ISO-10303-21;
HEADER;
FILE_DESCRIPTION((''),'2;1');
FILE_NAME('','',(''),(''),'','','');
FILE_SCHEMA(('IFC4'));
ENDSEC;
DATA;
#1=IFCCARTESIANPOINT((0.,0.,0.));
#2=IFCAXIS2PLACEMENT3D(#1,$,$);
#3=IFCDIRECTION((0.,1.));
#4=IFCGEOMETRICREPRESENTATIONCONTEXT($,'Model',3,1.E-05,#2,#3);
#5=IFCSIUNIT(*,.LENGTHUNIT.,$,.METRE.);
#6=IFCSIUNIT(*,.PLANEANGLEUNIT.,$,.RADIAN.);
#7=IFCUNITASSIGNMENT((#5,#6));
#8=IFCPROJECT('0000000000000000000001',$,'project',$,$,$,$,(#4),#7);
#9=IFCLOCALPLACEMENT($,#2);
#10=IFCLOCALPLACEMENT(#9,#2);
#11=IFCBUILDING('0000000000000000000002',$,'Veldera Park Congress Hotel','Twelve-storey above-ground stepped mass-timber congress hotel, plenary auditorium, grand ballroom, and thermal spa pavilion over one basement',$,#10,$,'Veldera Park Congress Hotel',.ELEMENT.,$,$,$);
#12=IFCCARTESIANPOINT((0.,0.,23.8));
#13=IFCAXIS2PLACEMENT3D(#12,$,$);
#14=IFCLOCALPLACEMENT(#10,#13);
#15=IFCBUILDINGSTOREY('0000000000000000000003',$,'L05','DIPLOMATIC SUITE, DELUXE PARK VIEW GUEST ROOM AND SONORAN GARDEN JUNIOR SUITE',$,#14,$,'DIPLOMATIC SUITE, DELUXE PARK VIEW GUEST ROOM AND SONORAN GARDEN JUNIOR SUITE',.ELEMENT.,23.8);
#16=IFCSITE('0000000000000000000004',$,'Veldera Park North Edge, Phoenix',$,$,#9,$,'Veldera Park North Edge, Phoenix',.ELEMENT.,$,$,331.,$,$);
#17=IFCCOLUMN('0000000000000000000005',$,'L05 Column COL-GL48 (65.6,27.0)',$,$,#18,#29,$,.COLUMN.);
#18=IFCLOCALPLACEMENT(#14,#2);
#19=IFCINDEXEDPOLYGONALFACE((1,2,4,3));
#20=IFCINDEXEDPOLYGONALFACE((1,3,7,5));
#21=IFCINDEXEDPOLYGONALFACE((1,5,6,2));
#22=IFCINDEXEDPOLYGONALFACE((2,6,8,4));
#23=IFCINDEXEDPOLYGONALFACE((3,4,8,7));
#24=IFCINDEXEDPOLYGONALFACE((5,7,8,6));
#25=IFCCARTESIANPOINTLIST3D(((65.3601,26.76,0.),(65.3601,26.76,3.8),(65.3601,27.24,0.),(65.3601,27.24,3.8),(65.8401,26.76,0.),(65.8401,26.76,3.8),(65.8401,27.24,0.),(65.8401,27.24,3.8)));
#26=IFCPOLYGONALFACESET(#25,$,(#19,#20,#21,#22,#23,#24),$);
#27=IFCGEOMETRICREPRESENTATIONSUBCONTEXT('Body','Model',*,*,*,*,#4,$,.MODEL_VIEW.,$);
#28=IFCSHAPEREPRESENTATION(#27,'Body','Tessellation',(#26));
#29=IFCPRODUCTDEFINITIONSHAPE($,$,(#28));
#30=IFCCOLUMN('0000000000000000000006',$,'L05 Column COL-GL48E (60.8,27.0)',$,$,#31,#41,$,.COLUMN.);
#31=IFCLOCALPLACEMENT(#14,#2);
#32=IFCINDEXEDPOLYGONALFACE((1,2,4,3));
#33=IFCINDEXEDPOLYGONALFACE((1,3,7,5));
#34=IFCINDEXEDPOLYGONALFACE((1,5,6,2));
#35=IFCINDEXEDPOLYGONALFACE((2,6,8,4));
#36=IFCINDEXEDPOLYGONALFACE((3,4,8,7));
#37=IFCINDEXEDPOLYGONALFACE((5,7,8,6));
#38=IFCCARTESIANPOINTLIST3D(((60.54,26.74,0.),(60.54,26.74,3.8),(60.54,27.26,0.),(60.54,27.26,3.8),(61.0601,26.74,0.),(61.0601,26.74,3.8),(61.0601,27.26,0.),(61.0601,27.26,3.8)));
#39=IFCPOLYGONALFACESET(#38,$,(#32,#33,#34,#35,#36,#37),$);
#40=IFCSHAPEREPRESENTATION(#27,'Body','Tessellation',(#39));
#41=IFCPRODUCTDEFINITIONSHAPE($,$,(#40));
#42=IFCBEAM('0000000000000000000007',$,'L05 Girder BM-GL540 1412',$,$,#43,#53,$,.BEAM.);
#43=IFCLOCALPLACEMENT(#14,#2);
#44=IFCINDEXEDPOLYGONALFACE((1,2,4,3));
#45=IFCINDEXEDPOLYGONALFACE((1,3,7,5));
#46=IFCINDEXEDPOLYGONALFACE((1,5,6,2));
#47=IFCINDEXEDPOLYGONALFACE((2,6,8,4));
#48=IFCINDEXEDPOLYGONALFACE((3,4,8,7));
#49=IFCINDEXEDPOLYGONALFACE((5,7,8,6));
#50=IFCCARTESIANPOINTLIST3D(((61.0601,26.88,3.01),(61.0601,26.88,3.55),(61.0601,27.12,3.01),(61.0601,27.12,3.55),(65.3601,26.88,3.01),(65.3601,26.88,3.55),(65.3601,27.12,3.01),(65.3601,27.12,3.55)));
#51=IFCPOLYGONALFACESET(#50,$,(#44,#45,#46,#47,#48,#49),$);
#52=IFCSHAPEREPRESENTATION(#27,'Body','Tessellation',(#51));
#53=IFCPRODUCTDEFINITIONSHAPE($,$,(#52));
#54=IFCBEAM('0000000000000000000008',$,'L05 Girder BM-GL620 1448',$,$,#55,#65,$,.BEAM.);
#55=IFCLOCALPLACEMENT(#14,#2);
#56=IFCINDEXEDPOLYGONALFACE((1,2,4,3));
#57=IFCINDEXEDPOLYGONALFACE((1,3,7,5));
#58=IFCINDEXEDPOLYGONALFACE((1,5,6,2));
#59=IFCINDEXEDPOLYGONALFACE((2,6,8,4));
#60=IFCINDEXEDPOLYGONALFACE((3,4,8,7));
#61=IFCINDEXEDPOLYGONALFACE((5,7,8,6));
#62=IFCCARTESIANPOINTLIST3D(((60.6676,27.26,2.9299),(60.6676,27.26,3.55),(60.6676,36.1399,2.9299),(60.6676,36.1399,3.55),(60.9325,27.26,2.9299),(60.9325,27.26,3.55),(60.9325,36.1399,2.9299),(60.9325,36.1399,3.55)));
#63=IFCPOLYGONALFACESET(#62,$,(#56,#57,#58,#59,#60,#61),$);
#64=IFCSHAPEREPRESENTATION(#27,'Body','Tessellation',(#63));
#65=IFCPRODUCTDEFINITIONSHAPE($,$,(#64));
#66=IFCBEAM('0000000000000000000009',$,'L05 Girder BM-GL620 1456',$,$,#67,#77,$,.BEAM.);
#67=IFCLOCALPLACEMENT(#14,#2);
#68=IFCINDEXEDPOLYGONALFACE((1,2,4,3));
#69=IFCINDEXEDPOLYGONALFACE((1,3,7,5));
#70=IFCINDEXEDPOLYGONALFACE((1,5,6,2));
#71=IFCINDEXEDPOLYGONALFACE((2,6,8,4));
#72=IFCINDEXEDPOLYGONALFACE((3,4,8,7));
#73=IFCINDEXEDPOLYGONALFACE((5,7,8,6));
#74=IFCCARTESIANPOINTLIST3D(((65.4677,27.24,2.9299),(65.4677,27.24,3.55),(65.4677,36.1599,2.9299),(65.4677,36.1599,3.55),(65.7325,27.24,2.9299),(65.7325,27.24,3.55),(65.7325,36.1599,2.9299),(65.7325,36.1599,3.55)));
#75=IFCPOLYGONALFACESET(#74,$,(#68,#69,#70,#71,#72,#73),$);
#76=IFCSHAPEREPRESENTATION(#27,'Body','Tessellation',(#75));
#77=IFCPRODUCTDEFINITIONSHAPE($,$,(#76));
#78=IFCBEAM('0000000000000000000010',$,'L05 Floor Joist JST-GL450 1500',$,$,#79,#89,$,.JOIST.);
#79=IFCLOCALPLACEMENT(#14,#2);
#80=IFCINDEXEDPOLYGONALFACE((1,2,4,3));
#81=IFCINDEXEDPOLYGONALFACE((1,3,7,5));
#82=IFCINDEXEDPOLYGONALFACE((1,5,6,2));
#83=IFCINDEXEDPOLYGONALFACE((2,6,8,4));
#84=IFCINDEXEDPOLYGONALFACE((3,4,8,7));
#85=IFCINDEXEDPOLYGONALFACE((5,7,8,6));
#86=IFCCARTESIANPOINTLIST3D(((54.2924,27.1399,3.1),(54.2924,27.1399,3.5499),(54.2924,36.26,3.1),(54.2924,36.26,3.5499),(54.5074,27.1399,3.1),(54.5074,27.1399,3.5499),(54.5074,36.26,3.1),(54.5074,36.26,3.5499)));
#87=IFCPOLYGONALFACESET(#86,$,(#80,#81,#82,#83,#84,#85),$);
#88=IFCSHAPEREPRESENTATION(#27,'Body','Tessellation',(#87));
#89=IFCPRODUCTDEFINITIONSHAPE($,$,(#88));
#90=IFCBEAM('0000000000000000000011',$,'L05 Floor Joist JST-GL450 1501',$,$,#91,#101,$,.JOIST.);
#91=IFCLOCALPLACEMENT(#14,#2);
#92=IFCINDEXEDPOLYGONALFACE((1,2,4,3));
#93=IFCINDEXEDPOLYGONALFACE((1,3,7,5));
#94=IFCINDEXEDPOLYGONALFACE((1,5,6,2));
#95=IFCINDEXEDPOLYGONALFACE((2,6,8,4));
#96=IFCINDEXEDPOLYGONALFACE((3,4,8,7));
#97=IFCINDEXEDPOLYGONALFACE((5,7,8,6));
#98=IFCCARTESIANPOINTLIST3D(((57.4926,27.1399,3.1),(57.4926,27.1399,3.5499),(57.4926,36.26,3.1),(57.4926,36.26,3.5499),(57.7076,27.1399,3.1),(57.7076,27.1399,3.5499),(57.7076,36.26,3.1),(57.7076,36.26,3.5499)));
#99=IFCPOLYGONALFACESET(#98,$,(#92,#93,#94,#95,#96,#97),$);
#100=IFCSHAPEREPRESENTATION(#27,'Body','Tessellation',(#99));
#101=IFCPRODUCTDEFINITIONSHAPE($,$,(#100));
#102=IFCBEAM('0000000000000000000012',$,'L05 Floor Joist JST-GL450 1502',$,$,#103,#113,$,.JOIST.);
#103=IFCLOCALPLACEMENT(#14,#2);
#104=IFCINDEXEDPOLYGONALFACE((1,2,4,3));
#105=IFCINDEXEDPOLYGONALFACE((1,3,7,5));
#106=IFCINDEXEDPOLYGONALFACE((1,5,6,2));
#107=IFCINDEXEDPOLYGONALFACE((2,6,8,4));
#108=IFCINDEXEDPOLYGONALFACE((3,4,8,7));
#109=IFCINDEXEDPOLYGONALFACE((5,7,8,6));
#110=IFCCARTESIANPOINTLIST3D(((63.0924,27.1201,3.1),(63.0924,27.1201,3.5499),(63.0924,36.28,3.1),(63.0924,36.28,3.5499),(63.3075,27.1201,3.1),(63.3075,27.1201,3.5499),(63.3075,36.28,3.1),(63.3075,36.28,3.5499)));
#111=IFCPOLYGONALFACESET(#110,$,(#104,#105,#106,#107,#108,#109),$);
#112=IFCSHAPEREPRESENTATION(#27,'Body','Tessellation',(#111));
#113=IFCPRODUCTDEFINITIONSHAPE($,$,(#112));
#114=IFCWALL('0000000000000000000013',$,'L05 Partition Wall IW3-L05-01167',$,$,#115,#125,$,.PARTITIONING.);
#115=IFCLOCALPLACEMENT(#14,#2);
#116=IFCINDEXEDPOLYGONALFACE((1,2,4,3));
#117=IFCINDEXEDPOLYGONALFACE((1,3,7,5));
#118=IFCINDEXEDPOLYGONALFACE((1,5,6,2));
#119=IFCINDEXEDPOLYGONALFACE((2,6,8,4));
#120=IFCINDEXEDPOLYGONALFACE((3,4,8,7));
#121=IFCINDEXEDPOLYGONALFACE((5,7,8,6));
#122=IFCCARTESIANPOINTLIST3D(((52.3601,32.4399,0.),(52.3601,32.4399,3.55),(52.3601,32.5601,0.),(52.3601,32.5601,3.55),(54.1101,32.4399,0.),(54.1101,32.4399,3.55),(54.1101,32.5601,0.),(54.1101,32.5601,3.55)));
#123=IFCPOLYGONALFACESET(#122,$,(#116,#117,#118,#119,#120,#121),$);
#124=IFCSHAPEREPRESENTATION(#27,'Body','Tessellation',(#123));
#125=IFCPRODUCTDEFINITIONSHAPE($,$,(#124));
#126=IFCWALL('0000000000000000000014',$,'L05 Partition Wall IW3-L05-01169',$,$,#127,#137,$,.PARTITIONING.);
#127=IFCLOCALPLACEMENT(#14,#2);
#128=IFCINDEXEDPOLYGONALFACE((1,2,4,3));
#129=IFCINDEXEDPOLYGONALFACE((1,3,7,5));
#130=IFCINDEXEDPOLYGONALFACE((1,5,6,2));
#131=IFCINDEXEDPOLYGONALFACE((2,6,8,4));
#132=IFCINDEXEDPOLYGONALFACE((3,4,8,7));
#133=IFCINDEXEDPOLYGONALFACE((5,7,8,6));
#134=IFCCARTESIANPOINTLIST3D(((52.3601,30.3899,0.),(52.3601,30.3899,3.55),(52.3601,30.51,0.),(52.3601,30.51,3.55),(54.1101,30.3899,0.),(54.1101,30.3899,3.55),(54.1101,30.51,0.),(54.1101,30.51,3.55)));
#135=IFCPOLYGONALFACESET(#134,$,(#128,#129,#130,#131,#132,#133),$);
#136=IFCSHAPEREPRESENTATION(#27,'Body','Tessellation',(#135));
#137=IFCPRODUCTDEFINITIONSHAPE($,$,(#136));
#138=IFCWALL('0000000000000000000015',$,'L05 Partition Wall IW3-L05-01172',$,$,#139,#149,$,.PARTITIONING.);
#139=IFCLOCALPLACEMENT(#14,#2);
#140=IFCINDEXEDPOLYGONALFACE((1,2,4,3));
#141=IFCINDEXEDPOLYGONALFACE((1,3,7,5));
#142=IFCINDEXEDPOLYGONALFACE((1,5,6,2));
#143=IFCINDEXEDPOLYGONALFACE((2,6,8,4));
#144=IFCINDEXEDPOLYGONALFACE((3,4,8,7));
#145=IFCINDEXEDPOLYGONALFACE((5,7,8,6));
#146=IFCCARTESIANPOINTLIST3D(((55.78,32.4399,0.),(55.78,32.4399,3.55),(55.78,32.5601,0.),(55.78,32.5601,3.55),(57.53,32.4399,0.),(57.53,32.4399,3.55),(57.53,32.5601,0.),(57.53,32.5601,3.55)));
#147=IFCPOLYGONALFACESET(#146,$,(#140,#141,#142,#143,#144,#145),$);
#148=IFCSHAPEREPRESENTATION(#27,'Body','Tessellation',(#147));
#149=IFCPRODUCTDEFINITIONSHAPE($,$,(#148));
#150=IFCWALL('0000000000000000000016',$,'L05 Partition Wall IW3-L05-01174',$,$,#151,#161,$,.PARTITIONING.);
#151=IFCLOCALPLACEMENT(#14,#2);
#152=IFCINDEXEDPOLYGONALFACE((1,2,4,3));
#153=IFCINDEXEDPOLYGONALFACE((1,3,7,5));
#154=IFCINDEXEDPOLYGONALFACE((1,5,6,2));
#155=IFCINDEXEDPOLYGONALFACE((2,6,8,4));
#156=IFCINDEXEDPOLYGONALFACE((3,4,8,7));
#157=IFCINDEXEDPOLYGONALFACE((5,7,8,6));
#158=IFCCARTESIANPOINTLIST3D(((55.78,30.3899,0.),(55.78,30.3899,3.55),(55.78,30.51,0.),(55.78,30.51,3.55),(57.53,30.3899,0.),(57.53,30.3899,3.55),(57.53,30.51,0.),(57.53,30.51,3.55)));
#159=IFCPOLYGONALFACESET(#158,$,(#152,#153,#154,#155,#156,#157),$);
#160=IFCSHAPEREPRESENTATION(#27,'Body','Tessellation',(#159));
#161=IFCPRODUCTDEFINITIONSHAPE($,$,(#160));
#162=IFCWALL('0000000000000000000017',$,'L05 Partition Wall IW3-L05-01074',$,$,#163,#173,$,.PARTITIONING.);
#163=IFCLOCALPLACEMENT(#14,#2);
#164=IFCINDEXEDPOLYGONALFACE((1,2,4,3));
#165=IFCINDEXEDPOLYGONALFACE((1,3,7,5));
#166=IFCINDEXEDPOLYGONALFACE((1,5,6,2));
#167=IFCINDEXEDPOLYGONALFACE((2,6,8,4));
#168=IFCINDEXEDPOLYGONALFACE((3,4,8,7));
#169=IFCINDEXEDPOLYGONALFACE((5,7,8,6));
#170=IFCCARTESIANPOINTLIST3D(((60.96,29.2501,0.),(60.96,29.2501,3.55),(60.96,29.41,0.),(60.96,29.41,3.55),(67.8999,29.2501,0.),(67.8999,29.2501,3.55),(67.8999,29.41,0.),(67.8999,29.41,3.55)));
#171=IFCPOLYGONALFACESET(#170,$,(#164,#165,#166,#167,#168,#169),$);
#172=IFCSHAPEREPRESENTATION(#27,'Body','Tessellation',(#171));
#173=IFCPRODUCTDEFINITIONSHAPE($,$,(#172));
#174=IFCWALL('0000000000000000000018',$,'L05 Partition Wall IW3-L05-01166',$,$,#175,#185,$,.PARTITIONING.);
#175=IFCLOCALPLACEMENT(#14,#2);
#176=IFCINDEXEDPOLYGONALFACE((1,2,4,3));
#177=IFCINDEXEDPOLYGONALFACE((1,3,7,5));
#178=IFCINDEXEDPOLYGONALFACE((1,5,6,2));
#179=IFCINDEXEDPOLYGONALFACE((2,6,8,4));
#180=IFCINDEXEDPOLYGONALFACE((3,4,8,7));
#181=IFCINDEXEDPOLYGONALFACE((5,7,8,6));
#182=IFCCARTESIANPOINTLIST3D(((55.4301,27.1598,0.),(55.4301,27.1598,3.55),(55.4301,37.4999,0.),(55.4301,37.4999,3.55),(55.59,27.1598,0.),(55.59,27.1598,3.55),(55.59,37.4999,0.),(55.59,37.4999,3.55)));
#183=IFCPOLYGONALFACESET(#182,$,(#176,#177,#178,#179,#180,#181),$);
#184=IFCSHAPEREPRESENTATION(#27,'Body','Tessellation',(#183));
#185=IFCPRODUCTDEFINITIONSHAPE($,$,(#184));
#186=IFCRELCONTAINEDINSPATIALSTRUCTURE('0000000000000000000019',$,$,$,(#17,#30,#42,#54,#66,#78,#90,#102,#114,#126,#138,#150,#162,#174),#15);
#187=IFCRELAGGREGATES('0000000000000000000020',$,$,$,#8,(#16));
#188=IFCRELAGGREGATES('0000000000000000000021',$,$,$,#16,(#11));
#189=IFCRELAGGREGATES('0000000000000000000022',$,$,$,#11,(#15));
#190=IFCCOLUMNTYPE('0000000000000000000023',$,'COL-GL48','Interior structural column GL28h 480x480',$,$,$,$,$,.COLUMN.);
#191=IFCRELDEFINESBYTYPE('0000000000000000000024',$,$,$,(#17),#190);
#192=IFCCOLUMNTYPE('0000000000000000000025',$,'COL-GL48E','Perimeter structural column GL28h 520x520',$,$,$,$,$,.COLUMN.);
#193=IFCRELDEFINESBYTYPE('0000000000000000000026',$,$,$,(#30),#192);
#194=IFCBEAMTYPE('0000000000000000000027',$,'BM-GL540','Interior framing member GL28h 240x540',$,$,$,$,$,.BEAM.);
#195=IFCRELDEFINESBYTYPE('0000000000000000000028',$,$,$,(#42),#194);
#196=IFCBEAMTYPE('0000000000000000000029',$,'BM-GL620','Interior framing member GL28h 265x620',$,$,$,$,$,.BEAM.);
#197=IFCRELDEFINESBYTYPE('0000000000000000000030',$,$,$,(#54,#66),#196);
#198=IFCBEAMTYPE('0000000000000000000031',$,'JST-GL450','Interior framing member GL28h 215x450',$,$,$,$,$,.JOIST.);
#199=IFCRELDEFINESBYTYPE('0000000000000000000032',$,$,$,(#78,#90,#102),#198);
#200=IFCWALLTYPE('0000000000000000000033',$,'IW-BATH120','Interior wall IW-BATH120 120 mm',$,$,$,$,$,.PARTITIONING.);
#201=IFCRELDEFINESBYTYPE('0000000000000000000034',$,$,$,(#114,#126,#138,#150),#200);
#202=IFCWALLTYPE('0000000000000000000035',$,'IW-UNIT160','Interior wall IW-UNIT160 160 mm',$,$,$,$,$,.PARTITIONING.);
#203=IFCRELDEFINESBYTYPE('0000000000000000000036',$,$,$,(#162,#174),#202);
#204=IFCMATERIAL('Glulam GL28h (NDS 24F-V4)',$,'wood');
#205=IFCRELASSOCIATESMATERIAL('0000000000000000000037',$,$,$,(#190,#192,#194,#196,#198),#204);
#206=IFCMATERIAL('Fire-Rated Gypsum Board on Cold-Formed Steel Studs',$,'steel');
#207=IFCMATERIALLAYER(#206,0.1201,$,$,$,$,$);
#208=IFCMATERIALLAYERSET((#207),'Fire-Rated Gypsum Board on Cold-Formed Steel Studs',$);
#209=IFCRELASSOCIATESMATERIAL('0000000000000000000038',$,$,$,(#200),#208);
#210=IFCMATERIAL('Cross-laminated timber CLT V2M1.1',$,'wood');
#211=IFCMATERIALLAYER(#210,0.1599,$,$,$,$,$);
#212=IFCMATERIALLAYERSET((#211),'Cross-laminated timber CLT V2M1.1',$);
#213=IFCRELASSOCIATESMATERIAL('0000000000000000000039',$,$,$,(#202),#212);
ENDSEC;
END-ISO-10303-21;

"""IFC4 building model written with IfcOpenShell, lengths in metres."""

from ifc_helpers import new_model, si_unit, direction, frame, frame_2d, origin, origin_2d, place, context, subcontext, project, spatial, rectangle, extrude, material, layer, layer_set, material_profile, profile_set, type_object, element, save


model = new_model("IFC4")

# Units and contexts
model_context = context("Model", 3, precision=1e-05, world=origin(), true_north=direction((0.0, 1.0)))
body_context = subcontext(model_context, "Body", "Model", "MODEL_VIEW")
ifc_project = project(units=[si_unit("LENGTHUNIT", "METRE"), si_unit("PLANEANGLEUNIT", "RADIAN")], contexts=[model_context])

# Site, building, storey
site_placement = place(None, origin())
site = spatial("IfcSite", under=ifc_project, at=site_placement, Name="Veldera Park North Edge, Phoenix", LongName="Veldera Park North Edge, Phoenix", CompositionType="ELEMENT", RefElevation=331.0)
building_placement = place(site_placement, origin())
building = spatial("IfcBuilding", under=site, at=building_placement, Name="Veldera Park Congress Hotel", Description="Twelve-storey above-ground stepped mass-timber congress hotel, plenary auditorium, grand ballroom, and thermal spa pavilion over one basement", LongName="Veldera Park Congress Hotel", CompositionType="ELEMENT")
storey_placement = place(building_placement, frame((0.0, 0.0, 23.8)))
storey = spatial("IfcBuildingStorey", under=building, at=storey_placement, Name="L05", Description="DIPLOMATIC SUITE, DELUXE PARK VIEW GUEST ROOM AND SONORAN GARDEN JUNIOR SUITE", LongName="DIPLOMATIC SUITE, DELUXE PARK VIEW GUEST ROOM AND SONORAN GARDEN JUNIOR SUITE", CompositionType="ELEMENT", Elevation=23.8)

# Columns
ifc_material_1 = material(Name="Glulam GL28h (NDS 24F-V4)", Category="wood")
ifc_material_profile_1 = material_profile(ifc_material_1, rectangle(XDim=0.48, YDim=0.48, at=origin_2d()), Name="GL28h 480x480")
ifc_profile_set_1 = profile_set([ifc_material_profile_1], Name="Glulam GL28h (NDS 24F-V4)")
column_type_1 = type_object("IfcColumnType", Name="COL-GL48", Description="Interior structural column GL28h 480x480", PredefinedType="COLUMN", material=ifc_profile_set_1)
column_1_placement = place(storey_placement, frame((65.6001, 27.0, 0.0), z_axis=(0.0, 0.0, 1.0), x_axis=(1.0, 0.0, 0.0)))
element("IfcColumn", 1, at=column_1_placement, inside=storey, type_object=column_type_1, Name="L05 Column COL-GL48 (65.6,27.0)", PredefinedType="COLUMN", context=body_context, shape_type="SweptSolid", body=[
    extrude(rectangle(XDim=0.48, YDim=0.48, at=origin_2d()), origin(), (0.0, 0.0, 1.0), 3.8),
])
ifc_material_profile_2 = material_profile(ifc_material_1, rectangle(XDim=0.52, YDim=0.52, at=origin_2d()), Name="GL28h 520x520")
ifc_profile_set_2 = profile_set([ifc_material_profile_2], Name="Glulam GL28h (NDS 24F-V4)")
column_type_2 = type_object("IfcColumnType", Name="COL-GL48E", Description="Perimeter structural column GL28h 520x520", PredefinedType="COLUMN", material=ifc_profile_set_2)
column_2_placement = place(storey_placement, frame((60.8, 27.0, 0.0), z_axis=(0.0, 0.0, 1.0), x_axis=(1.0, 0.0, 0.0)))
element("IfcColumn", 2, at=column_2_placement, inside=storey, type_object=column_type_2, Name="L05 Column COL-GL48E (60.8,27.0)", PredefinedType="COLUMN", context=body_context, shape_type="SweptSolid", body=[
    extrude(rectangle(XDim=0.52, YDim=0.52, at=origin_2d()), origin(), (0.0, 0.0, 1.0), 3.8),
])

# Beams
ifc_material_profile_3 = material_profile(ifc_material_1, rectangle(XDim=0.24, YDim=0.54, at=origin_2d()), Name="GL28h 240x540")
ifc_profile_set_3 = profile_set([ifc_material_profile_3], Name="Glulam GL28h (NDS 24F-V4)")
beam_type_1 = type_object("IfcBeamType", Name="BM-GL540", Description="Interior framing member GL28h 240x540", PredefinedType="BEAM", material=ifc_profile_set_3)
beam_1_placement = place(storey_placement, frame((61.0601, 27.0, 3.28), z_axis=(1.0, 0.0, 0.0), x_axis=(0.0, 1.0, 0.0)))
element("IfcBeam", 3, at=beam_1_placement, inside=storey, type_object=beam_type_1, Name="L05 Girder BM-GL540 1412", PredefinedType="BEAM", context=body_context, shape_type="SweptSolid", body=[
    extrude(rectangle(XDim=0.24, YDim=0.54, at=origin_2d()), origin(), (0.0, 0.0, 1.0), 4.3),
])
ifc_material_profile_4 = material_profile(ifc_material_1, rectangle(XDim=0.2649, YDim=0.6201, at=origin_2d()), Name="GL28h 265x620")
ifc_profile_set_4 = profile_set([ifc_material_profile_4], Name="Glulam GL28h (NDS 24F-V4)")
beam_type_2 = type_object("IfcBeamType", Name="BM-GL620", Description="Interior framing member GL28h 265x620", PredefinedType="BEAM", material=ifc_profile_set_4)
beam_2_placement = place(storey_placement, frame((60.8, 27.26, 3.24), z_axis=(0.0, 1.0, 0.0), x_axis=(-1.0, 0.0, 0.0)))
element("IfcBeam", 4, at=beam_2_placement, inside=storey, type_object=beam_type_2, Name="L05 Girder BM-GL620 1448", PredefinedType="BEAM", context=body_context, shape_type="SweptSolid", body=[
    extrude(rectangle(XDim=0.2649, YDim=0.6201, at=origin_2d()), origin(), (0.0, 0.0, 1.0), 8.8799),
])
beam_3_placement = place(storey_placement, frame((65.6001, 27.24, 3.24), z_axis=(0.0, 1.0, 0.0), x_axis=(-1.0, 0.0, 0.0)))
element("IfcBeam", 5, at=beam_3_placement, inside=storey, type_object=beam_type_2, Name="L05 Girder BM-GL620 1456", PredefinedType="BEAM", context=body_context, shape_type="SweptSolid", body=[
    extrude(rectangle(XDim=0.2649, YDim=0.6201, at=origin_2d()), origin(), (0.0, 0.0, 1.0), 8.9199),
])
ifc_material_profile_5 = material_profile(ifc_material_1, rectangle(XDim=0.2151, YDim=0.45, at=origin_2d()), Name="GL28h 215x450")
ifc_profile_set_5 = profile_set([ifc_material_profile_5], Name="Glulam GL28h (NDS 24F-V4)")
beam_type_3 = type_object("IfcBeamType", Name="JST-GL450", Description="Interior framing member GL28h 215x450", PredefinedType="JOIST", material=ifc_profile_set_5)
for number, where, z_axis, x_axis, name in (
    (6, (54.3999, 27.1399, 3.325), (0.0, 1.0, 0.0), (-1.0, 0.0, 0.0), "L05 Floor Joist JST-GL450 1500"),
    (7, (57.6001, 27.1399, 3.325), (0.0, 1.0, 0.0), (-1.0, 0.0, 0.0), "L05 Floor Joist JST-GL450 1501"),
):
    element("IfcBeam", number, at=place(storey_placement, frame(where, z_axis=z_axis, x_axis=x_axis)), inside=storey, type_object=beam_type_3, Name=name, PredefinedType="JOIST", context=body_context, shape_type="SweptSolid", body=[
        extrude(rectangle(XDim=0.2151, YDim=0.45, at=origin_2d()), origin(), (0.0, 0.0, 1.0), 9.1201),
    ])
beam_4_placement = place(storey_placement, frame((63.2, 27.1201, 3.325), z_axis=(0.0, 1.0, 0.0), x_axis=(-1.0, 0.0, 0.0)))
element("IfcBeam", 8, at=beam_4_placement, inside=storey, type_object=beam_type_3, Name="L05 Floor Joist JST-GL450 1502", PredefinedType="JOIST", context=body_context, shape_type="SweptSolid", body=[
    extrude(rectangle(XDim=0.2151, YDim=0.45, at=origin_2d()), origin(), (0.0, 0.0, 1.0), 9.1599),
])

# Wall
ifc_material_2 = material(Name="Fire-Rated Gypsum Board on Cold-Formed Steel Studs", Category="steel")
ifc_layer_1 = layer(ifc_material_2, 0.1201)
ifc_layer_set_1 = layer_set([ifc_layer_1], Name="Fire-Rated Gypsum Board on Cold-Formed Steel Studs")
wall_type_1 = type_object("IfcWallType", Name="IW-BATH120", Description="Interior wall IW-BATH120 120 mm", PredefinedType="PARTITIONING", material=ifc_layer_set_1)
wall_1_placement = place(storey_placement, frame((52.3601, 32.5, 0.0), z_axis=(0.0, 0.0, 1.0), x_axis=(1.0, 0.0, 0.0)))
element("IfcWall", 9, at=wall_1_placement, inside=storey, type_object=wall_type_1, Name="L05 Partition Wall IW3-L05-01167", PredefinedType="PARTITIONING", context=body_context, shape_type="SweptSolid", body=[
    extrude(rectangle(XDim=1.75, YDim=0.1201, at=frame_2d((0.875, 0.0))), origin(), (0.0, 0.0, 1.0), 3.55),
])

# Walls
for number, where, z_axis, x_axis, name in (
    (10, (52.3601, 30.45, 0.0), (0.0, 0.0, 1.0), (1.0, 0.0, 0.0), "L05 Partition Wall IW3-L05-01169"),
    (11, (55.78, 32.5, 0.0), (0.0, 0.0, 1.0), (1.0, 0.0, 0.0), "L05 Partition Wall IW3-L05-01172"),
):
    element("IfcWall", number, at=place(storey_placement, frame(where, z_axis=z_axis, x_axis=x_axis)), inside=storey, type_object=wall_type_1, Name=name, PredefinedType="PARTITIONING", context=body_context, shape_type="SweptSolid", body=[
        extrude(rectangle(XDim=1.75, YDim=0.1201, at=frame_2d((0.875, 0.0))), origin(), (0.0, 0.0, 1.0), 3.55),
    ])

# Walls
wall_2_placement = place(storey_placement, frame((55.78, 30.45, 0.0), z_axis=(0.0, 0.0, 1.0), x_axis=(1.0, 0.0, 0.0)))
element("IfcWall", 12, at=wall_2_placement, inside=storey, type_object=wall_type_1, Name="L05 Partition Wall IW3-L05-01174", PredefinedType="PARTITIONING", context=body_context, shape_type="SweptSolid", body=[
    extrude(rectangle(XDim=1.75, YDim=0.1201, at=frame_2d((0.875, 0.0))), origin(), (0.0, 0.0, 1.0), 3.55),
])
ifc_material_3 = material(Name="Cross-laminated timber CLT V2M1.1", Category="wood")
ifc_layer_2 = layer(ifc_material_3, 0.1599)
ifc_layer_set_2 = layer_set([ifc_layer_2], Name="Cross-laminated timber CLT V2M1.1")
wall_type_2 = type_object("IfcWallType", Name="IW-UNIT160", Description="Interior wall IW-UNIT160 160 mm", PredefinedType="PARTITIONING", material=ifc_layer_set_2)
wall_3_placement = place(storey_placement, frame((60.96, 29.3301, 0.0), z_axis=(0.0, 0.0, 1.0), x_axis=(1.0, 0.0, 0.0)))
element("IfcWall", 13, at=wall_3_placement, inside=storey, type_object=wall_type_2, Name="L05 Partition Wall IW3-L05-01074", PredefinedType="PARTITIONING", context=body_context, shape_type="SweptSolid", body=[
    extrude(rectangle(XDim=6.9399, YDim=0.1599, at=frame_2d((3.47, 0.0))), origin(), (0.0, 0.0, 1.0), 3.55),
])
for number, where, z_axis, x_axis, name in (
    (14, (55.51, 27.1599, 0.0), (0.0, 0.0, 1.0), (0.0, 1.0, 0.0), "L05 Partition Wall IW3-L05-01166"),
):
    element("IfcWall", number, at=place(storey_placement, frame(where, z_axis=z_axis, x_axis=x_axis)), inside=storey, type_object=wall_type_2, Name=name, PredefinedType="PARTITIONING", context=body_context, shape_type="SweptSolid", body=[
        extrude(rectangle(XDim=10.3401, YDim=0.1599, at=frame_2d((5.1699, 0.0))), origin(), (0.0, 0.0, 1.0), 3.55),
    ])

save(model, "model.ifc")
